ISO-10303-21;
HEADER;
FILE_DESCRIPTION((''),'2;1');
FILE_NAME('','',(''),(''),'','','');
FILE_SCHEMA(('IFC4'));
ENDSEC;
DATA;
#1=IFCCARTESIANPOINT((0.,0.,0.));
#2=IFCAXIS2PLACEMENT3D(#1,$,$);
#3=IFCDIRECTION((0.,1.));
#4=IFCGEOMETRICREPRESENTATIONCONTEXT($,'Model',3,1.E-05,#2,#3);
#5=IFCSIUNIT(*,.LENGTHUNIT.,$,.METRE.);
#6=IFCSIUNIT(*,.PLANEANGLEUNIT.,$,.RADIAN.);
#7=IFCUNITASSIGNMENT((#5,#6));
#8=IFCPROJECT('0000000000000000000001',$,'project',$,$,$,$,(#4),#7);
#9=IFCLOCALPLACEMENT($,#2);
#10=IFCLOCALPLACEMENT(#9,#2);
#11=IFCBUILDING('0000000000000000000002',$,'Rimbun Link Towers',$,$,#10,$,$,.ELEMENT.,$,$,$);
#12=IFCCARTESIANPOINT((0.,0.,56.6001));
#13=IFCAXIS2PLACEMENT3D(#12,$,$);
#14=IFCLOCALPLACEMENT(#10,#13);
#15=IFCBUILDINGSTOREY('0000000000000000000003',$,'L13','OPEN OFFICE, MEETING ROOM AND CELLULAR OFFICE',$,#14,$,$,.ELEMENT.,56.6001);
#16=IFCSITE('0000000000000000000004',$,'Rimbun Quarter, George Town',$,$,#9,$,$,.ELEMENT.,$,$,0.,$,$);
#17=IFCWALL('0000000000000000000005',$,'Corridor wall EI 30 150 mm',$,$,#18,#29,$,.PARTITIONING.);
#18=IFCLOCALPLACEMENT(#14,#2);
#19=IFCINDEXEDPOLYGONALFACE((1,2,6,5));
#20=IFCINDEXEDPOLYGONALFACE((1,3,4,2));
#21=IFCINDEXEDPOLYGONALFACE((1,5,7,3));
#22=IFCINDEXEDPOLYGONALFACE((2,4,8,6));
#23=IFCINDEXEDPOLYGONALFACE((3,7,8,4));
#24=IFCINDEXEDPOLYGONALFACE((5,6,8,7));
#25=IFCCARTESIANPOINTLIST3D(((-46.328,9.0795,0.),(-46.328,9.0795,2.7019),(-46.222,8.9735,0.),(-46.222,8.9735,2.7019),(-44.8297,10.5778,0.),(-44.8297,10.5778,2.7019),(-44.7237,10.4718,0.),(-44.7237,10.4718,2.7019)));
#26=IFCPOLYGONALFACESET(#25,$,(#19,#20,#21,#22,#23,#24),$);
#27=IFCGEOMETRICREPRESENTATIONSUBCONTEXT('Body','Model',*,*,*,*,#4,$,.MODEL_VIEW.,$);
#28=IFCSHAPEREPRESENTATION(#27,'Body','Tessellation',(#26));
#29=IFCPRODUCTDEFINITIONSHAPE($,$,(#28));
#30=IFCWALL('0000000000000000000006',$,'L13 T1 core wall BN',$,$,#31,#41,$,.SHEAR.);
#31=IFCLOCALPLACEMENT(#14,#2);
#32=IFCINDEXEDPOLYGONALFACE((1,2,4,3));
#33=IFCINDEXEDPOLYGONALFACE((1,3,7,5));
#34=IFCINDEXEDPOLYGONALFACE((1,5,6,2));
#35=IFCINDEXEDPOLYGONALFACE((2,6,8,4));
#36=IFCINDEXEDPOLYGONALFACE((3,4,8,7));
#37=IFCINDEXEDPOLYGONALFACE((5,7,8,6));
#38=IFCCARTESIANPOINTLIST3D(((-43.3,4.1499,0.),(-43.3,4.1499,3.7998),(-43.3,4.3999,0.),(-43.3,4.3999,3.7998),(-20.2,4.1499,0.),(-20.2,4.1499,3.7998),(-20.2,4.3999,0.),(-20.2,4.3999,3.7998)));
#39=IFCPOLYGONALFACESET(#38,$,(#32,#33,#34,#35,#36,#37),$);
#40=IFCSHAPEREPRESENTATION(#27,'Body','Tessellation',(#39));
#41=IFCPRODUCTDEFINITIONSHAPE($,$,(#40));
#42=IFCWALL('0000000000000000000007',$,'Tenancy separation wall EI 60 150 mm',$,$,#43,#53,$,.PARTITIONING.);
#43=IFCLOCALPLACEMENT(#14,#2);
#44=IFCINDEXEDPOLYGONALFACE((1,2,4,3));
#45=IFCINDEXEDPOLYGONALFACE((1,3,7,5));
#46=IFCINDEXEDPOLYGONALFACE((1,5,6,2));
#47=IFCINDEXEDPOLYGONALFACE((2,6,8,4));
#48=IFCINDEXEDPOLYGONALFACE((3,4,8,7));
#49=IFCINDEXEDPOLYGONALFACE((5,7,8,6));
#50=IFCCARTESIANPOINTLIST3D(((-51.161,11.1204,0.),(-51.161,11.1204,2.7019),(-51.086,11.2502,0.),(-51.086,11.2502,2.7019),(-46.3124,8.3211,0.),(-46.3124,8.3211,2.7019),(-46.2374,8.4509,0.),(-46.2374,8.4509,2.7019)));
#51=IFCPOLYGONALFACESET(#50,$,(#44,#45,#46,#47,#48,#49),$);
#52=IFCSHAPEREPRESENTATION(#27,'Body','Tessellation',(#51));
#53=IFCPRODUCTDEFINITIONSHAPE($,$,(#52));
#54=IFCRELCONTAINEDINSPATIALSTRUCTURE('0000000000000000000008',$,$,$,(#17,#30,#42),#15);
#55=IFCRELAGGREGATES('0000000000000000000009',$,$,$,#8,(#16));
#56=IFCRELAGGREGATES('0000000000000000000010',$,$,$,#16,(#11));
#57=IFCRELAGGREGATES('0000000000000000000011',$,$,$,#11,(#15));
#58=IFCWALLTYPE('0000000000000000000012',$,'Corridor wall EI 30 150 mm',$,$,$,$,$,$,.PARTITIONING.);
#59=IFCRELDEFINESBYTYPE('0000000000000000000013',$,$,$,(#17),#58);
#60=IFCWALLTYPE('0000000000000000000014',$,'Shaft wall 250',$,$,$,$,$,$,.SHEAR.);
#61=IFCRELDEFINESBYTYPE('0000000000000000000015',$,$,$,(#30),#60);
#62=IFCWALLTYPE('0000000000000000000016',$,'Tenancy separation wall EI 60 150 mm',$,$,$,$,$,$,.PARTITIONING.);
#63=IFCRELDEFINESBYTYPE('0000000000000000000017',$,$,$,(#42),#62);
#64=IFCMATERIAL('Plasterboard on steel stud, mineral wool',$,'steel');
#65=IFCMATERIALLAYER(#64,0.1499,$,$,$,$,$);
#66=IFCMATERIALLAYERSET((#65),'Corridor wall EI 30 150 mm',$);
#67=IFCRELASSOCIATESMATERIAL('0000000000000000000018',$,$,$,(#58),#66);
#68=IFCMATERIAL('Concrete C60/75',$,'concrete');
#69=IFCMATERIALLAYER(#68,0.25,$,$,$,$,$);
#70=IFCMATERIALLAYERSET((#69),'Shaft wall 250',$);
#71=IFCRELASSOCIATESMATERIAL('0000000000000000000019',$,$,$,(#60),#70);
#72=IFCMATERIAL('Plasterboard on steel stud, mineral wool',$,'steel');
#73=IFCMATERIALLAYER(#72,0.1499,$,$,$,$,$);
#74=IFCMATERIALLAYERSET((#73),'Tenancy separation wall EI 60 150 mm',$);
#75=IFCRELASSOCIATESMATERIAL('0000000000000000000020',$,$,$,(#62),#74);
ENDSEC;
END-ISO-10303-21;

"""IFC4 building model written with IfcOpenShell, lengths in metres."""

from ifc_helpers import new_model, si_unit, direction, frame, frame_2d, origin, place, context, subcontext, project, spatial, rectangle, extrude, material, layer, layer_set, type_object, element, save


model = new_model("IFC4")

# Units and contexts
model_context = context("Model", 3, precision=1e-05, world=origin(), true_north=direction((0.0, 1.0)))
body_context = subcontext(model_context, "Body", "Model", "MODEL_VIEW")
ifc_project = project(units=[si_unit("LENGTHUNIT", "METRE"), si_unit("PLANEANGLEUNIT", "RADIAN")], contexts=[model_context])

# Site, building, storey
site_placement = place(None, origin())
site = spatial("IfcSite", under=ifc_project, at=site_placement, Name="Rimbun Quarter, George Town", CompositionType="ELEMENT", RefElevation=0.0)
building_placement = place(site_placement, origin())
building = spatial("IfcBuilding", under=site, at=building_placement, Name="Rimbun Link Towers", CompositionType="ELEMENT")
storey_placement = place(building_placement, frame((0.0, 0.0, 56.6001)))
storey = spatial("IfcBuildingStorey", under=building, at=storey_placement, Name="L13", Description="OPEN OFFICE, MEETING ROOM AND CELLULAR OFFICE", CompositionType="ELEMENT", Elevation=56.6001)

# Shared definitions
ifc_material_1 = material(Name="Plasterboard on steel stud, mineral wool", Category="steel")
ifc_layer_1 = layer(ifc_material_1, 0.1499)
ifc_layer_set_1 = layer_set([ifc_layer_1], Name="Corridor wall EI 30 150 mm")
wall_type_1 = type_object("IfcWallType", Name="Corridor wall EI 30 150 mm", PredefinedType="PARTITIONING", material=ifc_layer_set_1)

# Walls
wall_1_placement = place(storey_placement, frame((-44.7766, 10.5249, 0.0), z_axis=(0.0, 0.0, 1.0), x_axis=(-0.707107, -0.707107, 0.0)))
element("IfcWall", 1, at=wall_1_placement, inside=storey, type_object=wall_type_1, Name="Corridor wall EI 30 150 mm", PredefinedType="PARTITIONING", context=body_context, shape_type="SweptSolid", body=[
    extrude(rectangle(XDim=2.1189, YDim=0.1499, at=frame_2d((1.0596, 0.0))), origin(), (0.0, 0.0, 1.0), 2.7019),
])
ifc_material_2 = material(Name="Concrete C60/75", Category="concrete")
ifc_layer_2 = layer(ifc_material_2, 0.25)
ifc_layer_set_2 = layer_set([ifc_layer_2], Name="Shaft wall 250")
wall_type_2 = type_object("IfcWallType", Name="Shaft wall 250", PredefinedType="SHEAR", material=ifc_layer_set_2)
wall_2_placement = place(storey_placement, frame((-43.3, 4.2749, 0.0), z_axis=(0.0, 0.0, 1.0), x_axis=(1.0, 0.0, 0.0)))
element("IfcWall", 2, at=wall_2_placement, inside=storey, type_object=wall_type_2, Name="L13 T1 core wall BN", PredefinedType="SHEAR", context=body_context, shape_type="SweptSolid", body=[
    extrude(rectangle(XDim=23.1001, YDim=0.25, at=frame_2d((11.55, 0.0))), origin(), (0.0, 0.0, 1.0), 3.7998),
])
ifc_material_3 = material(Name="Plasterboard on steel stud, mineral wool", Category="steel")
ifc_layer_3 = layer(ifc_material_3, 0.1499)
ifc_layer_set_3 = layer_set([ifc_layer_3], Name="Tenancy separation wall EI 60 150 mm")
wall_type_3 = type_object("IfcWallType", Name="Tenancy separation wall EI 60 150 mm", PredefinedType="PARTITIONING", material=ifc_layer_set_3)
wall_3_placement = place(storey_placement, frame((-46.2749, 8.386, 0.0), z_axis=(0.0, 0.0, 1.0), x_axis=(-0.866029, 0.499994, 0.0)))
element("IfcWall", 3, at=wall_3_placement, inside=storey, type_object=wall_type_3, Name="Tenancy separation wall EI 60 150 mm", PredefinedType="PARTITIONING", context=body_context, shape_type="SweptSolid", body=[
    extrude(rectangle(XDim=5.5986, YDim=0.1499, at=frame_2d((2.7993, 0.0))), origin(), (0.0, 0.0, 1.0), 2.7019),
])

save(model, "model.ifc")
